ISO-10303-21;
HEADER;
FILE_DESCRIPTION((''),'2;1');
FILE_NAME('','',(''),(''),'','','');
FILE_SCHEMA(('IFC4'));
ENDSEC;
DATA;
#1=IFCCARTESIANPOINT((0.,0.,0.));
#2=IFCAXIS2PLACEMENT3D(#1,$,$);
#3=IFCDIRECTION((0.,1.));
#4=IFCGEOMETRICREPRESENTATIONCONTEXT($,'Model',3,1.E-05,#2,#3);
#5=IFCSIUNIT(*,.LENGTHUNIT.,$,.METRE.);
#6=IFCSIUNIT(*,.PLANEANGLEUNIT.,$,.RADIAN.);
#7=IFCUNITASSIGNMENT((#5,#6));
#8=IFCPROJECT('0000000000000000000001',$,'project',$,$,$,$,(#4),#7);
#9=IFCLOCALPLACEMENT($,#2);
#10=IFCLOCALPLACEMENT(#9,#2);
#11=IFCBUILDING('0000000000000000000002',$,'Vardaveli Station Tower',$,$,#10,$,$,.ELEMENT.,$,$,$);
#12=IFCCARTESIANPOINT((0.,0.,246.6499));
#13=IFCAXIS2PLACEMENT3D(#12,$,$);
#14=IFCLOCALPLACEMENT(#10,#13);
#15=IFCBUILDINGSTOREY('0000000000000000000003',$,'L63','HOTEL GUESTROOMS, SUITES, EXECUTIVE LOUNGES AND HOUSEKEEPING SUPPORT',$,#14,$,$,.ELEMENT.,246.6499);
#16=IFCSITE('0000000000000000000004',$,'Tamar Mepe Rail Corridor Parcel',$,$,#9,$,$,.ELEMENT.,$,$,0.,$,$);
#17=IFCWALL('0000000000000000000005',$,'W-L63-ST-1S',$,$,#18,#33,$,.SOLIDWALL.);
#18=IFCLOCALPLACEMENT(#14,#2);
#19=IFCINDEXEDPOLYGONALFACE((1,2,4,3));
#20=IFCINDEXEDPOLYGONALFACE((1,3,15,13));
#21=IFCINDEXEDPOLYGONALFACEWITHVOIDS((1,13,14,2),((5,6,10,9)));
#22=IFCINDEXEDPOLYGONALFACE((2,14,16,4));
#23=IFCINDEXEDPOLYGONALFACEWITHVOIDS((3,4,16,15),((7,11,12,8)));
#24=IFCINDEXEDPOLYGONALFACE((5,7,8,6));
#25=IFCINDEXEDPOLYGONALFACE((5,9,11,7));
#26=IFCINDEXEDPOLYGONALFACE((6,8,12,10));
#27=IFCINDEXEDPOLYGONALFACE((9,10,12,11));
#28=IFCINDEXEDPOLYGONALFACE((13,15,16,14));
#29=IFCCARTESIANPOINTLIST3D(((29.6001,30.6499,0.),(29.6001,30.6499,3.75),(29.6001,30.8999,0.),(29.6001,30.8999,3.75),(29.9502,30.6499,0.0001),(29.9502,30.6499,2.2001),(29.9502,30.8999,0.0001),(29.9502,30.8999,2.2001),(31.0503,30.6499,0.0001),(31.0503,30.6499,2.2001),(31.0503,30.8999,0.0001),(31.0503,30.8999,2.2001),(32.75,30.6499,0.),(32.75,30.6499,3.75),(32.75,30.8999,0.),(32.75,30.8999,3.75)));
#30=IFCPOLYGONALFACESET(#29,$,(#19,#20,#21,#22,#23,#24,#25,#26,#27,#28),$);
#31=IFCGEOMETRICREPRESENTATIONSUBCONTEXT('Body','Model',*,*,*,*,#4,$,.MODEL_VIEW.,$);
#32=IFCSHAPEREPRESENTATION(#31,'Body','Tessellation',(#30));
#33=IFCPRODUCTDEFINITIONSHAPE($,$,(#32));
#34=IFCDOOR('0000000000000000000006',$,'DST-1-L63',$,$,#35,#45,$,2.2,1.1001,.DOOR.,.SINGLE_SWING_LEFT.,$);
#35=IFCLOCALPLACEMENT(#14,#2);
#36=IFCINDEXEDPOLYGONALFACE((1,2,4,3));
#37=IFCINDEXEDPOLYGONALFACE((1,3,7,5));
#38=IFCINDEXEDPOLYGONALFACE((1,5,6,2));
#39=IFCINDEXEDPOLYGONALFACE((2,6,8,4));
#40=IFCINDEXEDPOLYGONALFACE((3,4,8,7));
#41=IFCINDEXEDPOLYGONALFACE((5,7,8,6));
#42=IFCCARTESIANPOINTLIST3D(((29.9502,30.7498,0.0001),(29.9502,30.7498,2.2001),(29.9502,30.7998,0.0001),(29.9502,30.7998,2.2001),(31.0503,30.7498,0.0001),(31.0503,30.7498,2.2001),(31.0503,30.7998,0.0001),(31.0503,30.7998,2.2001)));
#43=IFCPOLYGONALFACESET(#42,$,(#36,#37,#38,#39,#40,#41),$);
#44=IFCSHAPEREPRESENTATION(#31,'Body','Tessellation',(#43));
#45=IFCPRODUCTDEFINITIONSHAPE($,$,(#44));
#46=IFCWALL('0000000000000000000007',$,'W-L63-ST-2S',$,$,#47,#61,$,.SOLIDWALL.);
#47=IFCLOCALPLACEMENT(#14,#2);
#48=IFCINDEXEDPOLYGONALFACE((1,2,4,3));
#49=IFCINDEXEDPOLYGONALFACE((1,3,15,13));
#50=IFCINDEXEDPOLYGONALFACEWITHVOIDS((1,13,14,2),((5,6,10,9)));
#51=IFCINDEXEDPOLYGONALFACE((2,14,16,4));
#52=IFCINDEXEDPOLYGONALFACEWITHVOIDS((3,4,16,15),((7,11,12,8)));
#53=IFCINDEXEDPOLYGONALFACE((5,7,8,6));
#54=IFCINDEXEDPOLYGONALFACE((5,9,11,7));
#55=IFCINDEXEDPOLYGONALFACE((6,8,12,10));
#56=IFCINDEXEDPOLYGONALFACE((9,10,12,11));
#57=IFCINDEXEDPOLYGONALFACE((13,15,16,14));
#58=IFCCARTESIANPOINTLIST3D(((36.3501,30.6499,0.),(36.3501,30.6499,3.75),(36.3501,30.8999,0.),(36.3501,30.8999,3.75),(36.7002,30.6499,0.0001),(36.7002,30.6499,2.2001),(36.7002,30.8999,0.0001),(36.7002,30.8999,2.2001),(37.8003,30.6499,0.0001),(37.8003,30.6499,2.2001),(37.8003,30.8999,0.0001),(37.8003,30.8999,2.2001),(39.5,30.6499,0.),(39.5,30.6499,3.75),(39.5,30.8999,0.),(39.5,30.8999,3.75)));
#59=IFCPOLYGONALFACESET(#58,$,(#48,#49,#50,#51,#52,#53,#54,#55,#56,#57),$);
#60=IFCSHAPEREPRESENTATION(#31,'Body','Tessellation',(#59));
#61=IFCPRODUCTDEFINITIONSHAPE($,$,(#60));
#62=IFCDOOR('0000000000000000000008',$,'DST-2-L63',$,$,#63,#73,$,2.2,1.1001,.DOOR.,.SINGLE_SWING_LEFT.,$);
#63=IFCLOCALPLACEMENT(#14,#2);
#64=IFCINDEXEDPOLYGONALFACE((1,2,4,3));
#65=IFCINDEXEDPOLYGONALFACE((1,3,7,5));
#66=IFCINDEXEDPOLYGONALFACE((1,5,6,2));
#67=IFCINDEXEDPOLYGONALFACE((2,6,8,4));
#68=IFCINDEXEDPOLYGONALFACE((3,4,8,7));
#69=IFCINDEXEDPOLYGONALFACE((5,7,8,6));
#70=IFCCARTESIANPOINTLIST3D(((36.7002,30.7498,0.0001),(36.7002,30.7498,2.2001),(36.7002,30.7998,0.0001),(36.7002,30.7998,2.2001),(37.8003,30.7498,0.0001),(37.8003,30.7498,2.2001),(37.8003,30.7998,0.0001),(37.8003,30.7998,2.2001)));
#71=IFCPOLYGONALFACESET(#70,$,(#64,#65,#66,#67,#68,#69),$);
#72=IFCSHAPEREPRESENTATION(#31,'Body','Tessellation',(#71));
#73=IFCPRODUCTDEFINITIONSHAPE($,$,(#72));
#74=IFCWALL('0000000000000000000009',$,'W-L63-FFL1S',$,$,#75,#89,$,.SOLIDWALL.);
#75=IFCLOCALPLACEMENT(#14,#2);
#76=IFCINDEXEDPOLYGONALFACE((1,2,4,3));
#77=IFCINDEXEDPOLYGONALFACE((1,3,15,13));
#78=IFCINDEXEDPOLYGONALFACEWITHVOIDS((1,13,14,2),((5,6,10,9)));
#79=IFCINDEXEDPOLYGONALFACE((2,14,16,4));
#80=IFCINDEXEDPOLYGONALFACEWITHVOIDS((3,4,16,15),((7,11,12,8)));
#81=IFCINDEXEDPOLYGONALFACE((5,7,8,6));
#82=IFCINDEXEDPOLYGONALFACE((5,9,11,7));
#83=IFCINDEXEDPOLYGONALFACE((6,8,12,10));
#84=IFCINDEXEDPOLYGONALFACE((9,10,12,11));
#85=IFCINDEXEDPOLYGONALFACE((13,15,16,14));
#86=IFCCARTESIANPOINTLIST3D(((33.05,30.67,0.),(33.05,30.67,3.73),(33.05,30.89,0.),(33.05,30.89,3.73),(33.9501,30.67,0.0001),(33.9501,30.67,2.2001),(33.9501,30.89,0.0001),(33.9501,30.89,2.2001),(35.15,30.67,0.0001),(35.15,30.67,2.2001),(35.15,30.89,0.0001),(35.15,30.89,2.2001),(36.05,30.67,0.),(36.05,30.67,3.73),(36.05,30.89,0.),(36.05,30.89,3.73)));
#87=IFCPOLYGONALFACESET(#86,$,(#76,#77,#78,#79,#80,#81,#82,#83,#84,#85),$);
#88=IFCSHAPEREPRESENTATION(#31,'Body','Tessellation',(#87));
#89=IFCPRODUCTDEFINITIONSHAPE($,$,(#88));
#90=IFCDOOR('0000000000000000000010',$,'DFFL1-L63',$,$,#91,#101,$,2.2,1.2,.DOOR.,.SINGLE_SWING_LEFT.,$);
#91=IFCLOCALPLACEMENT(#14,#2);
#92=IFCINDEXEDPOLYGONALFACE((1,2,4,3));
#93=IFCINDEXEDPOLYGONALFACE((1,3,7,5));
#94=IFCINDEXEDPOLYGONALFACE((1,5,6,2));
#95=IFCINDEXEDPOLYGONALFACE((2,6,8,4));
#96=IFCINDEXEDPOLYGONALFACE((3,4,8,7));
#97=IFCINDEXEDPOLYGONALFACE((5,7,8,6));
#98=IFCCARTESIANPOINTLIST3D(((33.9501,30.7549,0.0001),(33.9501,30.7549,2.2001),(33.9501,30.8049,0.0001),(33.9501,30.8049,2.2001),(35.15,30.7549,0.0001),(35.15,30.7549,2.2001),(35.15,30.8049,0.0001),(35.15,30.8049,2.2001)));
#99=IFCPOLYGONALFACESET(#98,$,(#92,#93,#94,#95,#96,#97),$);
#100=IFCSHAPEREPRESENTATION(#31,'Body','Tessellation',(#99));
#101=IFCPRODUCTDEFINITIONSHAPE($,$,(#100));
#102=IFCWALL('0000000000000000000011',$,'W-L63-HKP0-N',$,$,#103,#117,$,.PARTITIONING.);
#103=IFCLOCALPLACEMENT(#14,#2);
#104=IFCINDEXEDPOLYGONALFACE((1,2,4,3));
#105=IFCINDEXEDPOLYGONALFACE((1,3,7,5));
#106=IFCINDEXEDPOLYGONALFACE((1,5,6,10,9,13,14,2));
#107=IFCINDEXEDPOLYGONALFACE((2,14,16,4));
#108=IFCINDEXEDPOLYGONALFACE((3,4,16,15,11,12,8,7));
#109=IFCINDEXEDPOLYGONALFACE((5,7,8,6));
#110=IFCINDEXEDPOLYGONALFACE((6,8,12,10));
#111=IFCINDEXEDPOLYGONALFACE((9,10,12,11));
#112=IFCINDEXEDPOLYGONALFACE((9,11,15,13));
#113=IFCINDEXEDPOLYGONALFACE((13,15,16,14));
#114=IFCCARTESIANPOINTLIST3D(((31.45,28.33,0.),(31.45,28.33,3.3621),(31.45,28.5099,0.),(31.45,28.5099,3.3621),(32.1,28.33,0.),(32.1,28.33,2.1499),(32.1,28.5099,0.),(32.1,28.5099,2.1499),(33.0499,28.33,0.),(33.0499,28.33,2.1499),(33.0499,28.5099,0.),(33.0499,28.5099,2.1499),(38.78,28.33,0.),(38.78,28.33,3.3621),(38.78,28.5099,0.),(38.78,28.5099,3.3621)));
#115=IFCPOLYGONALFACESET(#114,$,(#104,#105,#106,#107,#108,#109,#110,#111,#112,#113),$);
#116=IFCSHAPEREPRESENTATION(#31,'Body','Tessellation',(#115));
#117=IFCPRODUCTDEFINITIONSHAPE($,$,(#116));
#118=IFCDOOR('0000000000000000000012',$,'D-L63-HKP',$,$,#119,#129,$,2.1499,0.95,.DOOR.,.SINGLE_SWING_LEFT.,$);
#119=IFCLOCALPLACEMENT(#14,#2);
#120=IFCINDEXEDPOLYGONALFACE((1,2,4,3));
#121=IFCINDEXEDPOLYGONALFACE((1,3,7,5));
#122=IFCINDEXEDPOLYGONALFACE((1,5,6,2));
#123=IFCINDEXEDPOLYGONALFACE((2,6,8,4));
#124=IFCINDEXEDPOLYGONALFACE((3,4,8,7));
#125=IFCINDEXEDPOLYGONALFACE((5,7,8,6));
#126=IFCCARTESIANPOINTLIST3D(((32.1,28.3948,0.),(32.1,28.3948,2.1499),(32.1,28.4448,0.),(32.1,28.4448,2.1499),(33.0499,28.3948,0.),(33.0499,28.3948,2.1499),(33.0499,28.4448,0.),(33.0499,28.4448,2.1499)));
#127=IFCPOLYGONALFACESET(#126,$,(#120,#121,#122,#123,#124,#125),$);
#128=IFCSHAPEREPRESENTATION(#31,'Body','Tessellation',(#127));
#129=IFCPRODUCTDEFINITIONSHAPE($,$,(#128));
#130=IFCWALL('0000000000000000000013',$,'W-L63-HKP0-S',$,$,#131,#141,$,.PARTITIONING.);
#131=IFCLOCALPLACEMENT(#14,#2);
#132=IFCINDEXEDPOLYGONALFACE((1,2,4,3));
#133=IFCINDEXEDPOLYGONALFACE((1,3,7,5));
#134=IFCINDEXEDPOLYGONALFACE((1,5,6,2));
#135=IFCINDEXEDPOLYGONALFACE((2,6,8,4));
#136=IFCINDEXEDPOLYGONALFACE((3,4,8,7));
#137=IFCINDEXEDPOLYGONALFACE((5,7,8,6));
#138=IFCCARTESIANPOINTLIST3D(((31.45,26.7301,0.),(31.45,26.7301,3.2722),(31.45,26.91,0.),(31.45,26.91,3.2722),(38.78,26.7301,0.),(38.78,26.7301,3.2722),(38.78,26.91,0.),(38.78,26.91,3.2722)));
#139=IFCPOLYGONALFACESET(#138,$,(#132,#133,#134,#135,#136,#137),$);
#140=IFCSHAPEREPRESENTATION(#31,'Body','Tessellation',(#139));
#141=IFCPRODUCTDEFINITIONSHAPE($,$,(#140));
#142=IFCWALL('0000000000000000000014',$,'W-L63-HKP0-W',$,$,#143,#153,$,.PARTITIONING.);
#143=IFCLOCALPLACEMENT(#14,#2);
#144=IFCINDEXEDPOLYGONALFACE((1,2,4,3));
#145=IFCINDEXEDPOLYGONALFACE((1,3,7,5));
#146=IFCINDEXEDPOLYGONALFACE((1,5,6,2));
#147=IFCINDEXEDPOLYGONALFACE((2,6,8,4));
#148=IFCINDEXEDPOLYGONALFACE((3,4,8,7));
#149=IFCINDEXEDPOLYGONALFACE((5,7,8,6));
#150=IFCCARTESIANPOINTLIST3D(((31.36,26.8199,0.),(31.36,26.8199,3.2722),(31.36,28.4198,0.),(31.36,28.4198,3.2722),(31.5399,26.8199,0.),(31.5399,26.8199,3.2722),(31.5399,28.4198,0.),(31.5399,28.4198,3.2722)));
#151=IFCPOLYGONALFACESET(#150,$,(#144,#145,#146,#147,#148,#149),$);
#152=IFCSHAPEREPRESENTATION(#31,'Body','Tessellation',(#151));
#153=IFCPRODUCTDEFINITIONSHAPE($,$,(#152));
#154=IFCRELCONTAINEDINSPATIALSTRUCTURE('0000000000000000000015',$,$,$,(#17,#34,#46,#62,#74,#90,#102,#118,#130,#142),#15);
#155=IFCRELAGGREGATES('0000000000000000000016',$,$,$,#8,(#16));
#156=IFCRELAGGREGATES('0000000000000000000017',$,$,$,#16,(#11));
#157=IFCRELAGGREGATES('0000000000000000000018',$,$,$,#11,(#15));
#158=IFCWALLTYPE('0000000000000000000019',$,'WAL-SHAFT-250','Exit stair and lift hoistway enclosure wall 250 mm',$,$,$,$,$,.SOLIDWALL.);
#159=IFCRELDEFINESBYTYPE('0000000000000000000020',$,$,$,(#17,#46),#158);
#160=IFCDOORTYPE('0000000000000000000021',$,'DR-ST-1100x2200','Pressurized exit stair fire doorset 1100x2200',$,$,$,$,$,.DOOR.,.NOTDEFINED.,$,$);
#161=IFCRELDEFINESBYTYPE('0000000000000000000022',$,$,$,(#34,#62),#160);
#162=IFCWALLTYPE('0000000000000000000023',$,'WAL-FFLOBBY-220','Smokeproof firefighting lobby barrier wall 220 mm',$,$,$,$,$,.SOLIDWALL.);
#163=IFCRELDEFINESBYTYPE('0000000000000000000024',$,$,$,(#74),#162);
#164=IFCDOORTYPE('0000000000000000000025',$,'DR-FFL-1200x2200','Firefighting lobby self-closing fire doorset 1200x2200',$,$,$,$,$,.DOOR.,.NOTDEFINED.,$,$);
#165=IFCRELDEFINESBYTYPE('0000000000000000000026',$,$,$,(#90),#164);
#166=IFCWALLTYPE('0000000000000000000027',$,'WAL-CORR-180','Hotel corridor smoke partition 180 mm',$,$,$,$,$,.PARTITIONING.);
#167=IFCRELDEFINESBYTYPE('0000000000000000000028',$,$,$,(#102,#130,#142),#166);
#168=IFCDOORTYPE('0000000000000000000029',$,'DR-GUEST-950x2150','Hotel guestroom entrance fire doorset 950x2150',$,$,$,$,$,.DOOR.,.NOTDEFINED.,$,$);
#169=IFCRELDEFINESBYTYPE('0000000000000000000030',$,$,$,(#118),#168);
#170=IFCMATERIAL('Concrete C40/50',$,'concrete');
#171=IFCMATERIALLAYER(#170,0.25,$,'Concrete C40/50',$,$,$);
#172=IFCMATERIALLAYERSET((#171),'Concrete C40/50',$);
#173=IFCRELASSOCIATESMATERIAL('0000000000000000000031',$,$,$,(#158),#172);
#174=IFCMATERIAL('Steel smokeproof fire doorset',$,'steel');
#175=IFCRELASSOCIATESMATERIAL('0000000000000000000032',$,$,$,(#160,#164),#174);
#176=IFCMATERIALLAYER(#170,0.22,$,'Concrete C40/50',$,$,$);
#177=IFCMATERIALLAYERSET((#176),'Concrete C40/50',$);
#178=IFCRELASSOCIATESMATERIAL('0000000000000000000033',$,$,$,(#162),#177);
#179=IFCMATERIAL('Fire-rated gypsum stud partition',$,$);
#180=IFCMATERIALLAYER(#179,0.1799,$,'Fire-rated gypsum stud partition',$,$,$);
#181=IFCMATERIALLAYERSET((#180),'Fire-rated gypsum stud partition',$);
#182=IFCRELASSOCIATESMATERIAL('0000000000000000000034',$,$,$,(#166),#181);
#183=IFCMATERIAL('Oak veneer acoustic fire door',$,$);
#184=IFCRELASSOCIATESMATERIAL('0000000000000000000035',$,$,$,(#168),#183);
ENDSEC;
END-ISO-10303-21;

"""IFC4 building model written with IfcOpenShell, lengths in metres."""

from ifc_helpers import new_model, si_unit, direction, frame, frame_2d, origin, place, context, subcontext, project, spatial, rectangle, extrude, source, transform, mapped, material, layer, layer_set, type_object, element, fill, save


model = new_model("IFC4")

# Units and contexts
model_context = context("Model", 3, precision=1e-05, world=origin(), true_north=direction((0.0, 1.0)))
body_context = subcontext(model_context, "Body", "Model", "MODEL_VIEW")
ifc_project = project(units=[si_unit("LENGTHUNIT", "METRE"), si_unit("PLANEANGLEUNIT", "RADIAN")], contexts=[model_context])

# Site, building, storey
site_placement = place(None, origin())
site = spatial("IfcSite", under=ifc_project, at=site_placement, Name="Tamar Mepe Rail Corridor Parcel", CompositionType="ELEMENT", RefElevation=0.0)
building_placement = place(site_placement, origin())
building = spatial("IfcBuilding", under=site, at=building_placement, Name="Vardaveli Station Tower", CompositionType="ELEMENT")
storey_placement = place(building_placement, frame((0.0, 0.0, 246.6499)))
storey = spatial("IfcBuildingStorey", under=building, at=storey_placement, Name="L63", Description="HOTEL GUESTROOMS, SUITES, EXECUTIVE LOUNGES AND HOUSEKEEPING SUPPORT", CompositionType="ELEMENT", Elevation=246.6499)

# Shared definitions
ifc_material_1 = material(Name="Concrete C40/50", Category="concrete")
ifc_layer_1 = layer(ifc_material_1, 0.25, Name="Concrete C40/50")
ifc_layer_set_1 = layer_set([ifc_layer_1], Name="Concrete C40/50")
wall_type_1 = type_object("IfcWallType", Name="WAL-SHAFT-250", Description="Exit stair and lift hoistway enclosure wall 250 mm", PredefinedType="SOLIDWALL", material=ifc_layer_set_1)

# Walls, openings, doors
shared_shape_1 = source(origin(), body_context, "Body", "SweptSolid", [
    extrude(rectangle(XDim=3.1499, YDim=0.25, at=frame_2d((1.575, 0.0))), origin(), (0.0, 0.0, 1.0), 3.75),
])
wall_1_placement = place(storey_placement, frame((29.6001, 30.7749, 0.0), z_axis=(0.0, 0.0, 1.0), x_axis=(1.0, 0.0, 0.0)))
wall_1 = element("IfcWall", 1, at=wall_1_placement, inside=storey, type_object=wall_type_1, Name="W-L63-ST-1S", PredefinedType="SOLIDWALL", context=body_context, shape_type="MappedRepresentation", body=[
    mapped(shared_shape_1, transform((0.0, 0.0, 0.0), scale=1.0)),
])
shared_shape_2 = source(origin(), body_context, "Body", "SweptSolid", [
    extrude(rectangle(XDim=1.1001, YDim=2.2, at=frame_2d((0.55, 1.1001))), frame((0.0, 0.135, 0.0), z_axis=(0.0, -1.0, 0.0), x_axis=(1.0, 0.0, 0.0)), (0.0, 0.0, 1.0), 0.27),
])
opening_1_placement = place(wall_1_placement, frame((0.3501, 0.0, 0.0)))
opening_1 = element("IfcOpeningElement", 2, at=opening_1_placement, cuts=wall_1, PredefinedType="OPENING", context=body_context, shape_type="MappedRepresentation", body=[
    mapped(shared_shape_2, transform((0.0, 0.0, 0.0), scale=1.0)),
])
ifc_material_2 = material(Name="Steel smokeproof fire doorset", Category="steel")
door_type_1 = type_object("IfcDoorType", Name="DR-ST-1100x2200", Description="Pressurized exit stair fire doorset 1100x2200", OperationType="NOTDEFINED", PredefinedType="DOOR", material=ifc_material_2)
shared_shape_3 = source(origin(), body_context, "Body", "SweptSolid", [
    extrude(rectangle(XDim=1.1001, YDim=2.2, at=frame_2d((0.55, 1.1001))), frame((0.0, 0.0249, 0.0), z_axis=(0.0, -1.0, 0.0), x_axis=(1.0, 0.0, 0.0)), (0.0, 0.0, 1.0), 0.05),
])
door_1_placement = place(opening_1_placement, origin())
door_1 = element("IfcDoor", 3, at=door_1_placement, inside=storey, type_object=door_type_1, Name="DST-1-L63", OperationType="SINGLE_SWING_LEFT", OverallHeight=2.2, OverallWidth=1.1001, PredefinedType="DOOR", context=body_context, shape_type="MappedRepresentation", body=[
    mapped(shared_shape_3, transform((0.0, 0.0, 0.0), scale=1.0)),
])
fill(opening_1, door_1)
wall_2_placement = place(storey_placement, frame((36.3501, 30.7749, 0.0), z_axis=(0.0, 0.0, 1.0), x_axis=(1.0, 0.0, 0.0)))
wall_2 = element("IfcWall", 4, at=wall_2_placement, inside=storey, type_object=wall_type_1, Name="W-L63-ST-2S", PredefinedType="SOLIDWALL", context=body_context, shape_type="MappedRepresentation", body=[
    mapped(shared_shape_1, transform((0.0, 0.0, 0.0), scale=1.0)),
])
opening_2_placement = place(wall_2_placement, frame((0.3501, 0.0, 0.0)))
opening_2 = element("IfcOpeningElement", 5, at=opening_2_placement, cuts=wall_2, PredefinedType="OPENING", context=body_context, shape_type="MappedRepresentation", body=[
    mapped(shared_shape_2, transform((0.0, 0.0, 0.0), scale=1.0)),
])
door_2_placement = place(opening_2_placement, origin())
door_2 = element("IfcDoor", 6, at=door_2_placement, inside=storey, type_object=door_type_1, Name="DST-2-L63", OperationType="SINGLE_SWING_LEFT", OverallHeight=2.2, OverallWidth=1.1001, PredefinedType="DOOR", context=body_context, shape_type="MappedRepresentation", body=[
    mapped(shared_shape_3, transform((0.0, 0.0, 0.0), scale=1.0)),
])
fill(opening_2, door_2)
ifc_layer_2 = layer(ifc_material_1, 0.22, Name="Concrete C40/50")
ifc_layer_set_2 = layer_set([ifc_layer_2], Name="Concrete C40/50")
wall_type_2 = type_object("IfcWallType", Name="WAL-FFLOBBY-220", Description="Smokeproof firefighting lobby barrier wall 220 mm", PredefinedType="SOLIDWALL", material=ifc_layer_set_2)
shared_shape_4 = source(origin(), body_context, "Body", "SweptSolid", [
    extrude(rectangle(XDim=3.0, YDim=0.22, at=frame_2d((1.5, 0.0))), origin(), (0.0, 0.0, 1.0), 3.73),
])
wall_3_placement = place(storey_placement, frame((33.05, 30.78, 0.0), z_axis=(0.0, 0.0, 1.0), x_axis=(1.0, 0.0, 0.0)))
wall_3 = element("IfcWall", 7, at=wall_3_placement, inside=storey, type_object=wall_type_2, Name="W-L63-FFL1S", PredefinedType="SOLIDWALL", context=body_context, shape_type="MappedRepresentation", body=[
    mapped(shared_shape_4, transform((0.0, 0.0, 0.0), scale=1.0)),
])
shared_shape_5 = source(origin(), body_context, "Body", "SweptSolid", [
    extrude(rectangle(XDim=1.2, YDim=2.2, at=frame_2d((0.6001, 1.1001))), frame((0.0, 0.1201, 0.0), z_axis=(0.0, -1.0, 0.0), x_axis=(1.0, 0.0, 0.0)), (0.0, 0.0, 1.0), 0.24),
])
opening_3_placement = place(wall_3_placement, frame((0.8999, 0.0, 0.0)))
opening_3 = element("IfcOpeningElement", 8, at=opening_3_placement, cuts=wall_3, PredefinedType="OPENING", context=body_context, shape_type="MappedRepresentation", body=[
    mapped(shared_shape_5, transform((0.0, 0.0, 0.0), scale=1.0)),
])
door_type_2 = type_object("IfcDoorType", Name="DR-FFL-1200x2200", Description="Firefighting lobby self-closing fire doorset 1200x2200", OperationType="NOTDEFINED", PredefinedType="DOOR", material=ifc_material_2)
shared_shape_6 = source(origin(), body_context, "Body", "SweptSolid", [
    extrude(rectangle(XDim=1.2, YDim=2.2, at=frame_2d((0.6001, 1.1001))), frame((0.0, 0.0249, 0.0), z_axis=(0.0, -1.0, 0.0), x_axis=(1.0, 0.0, 0.0)), (0.0, 0.0, 1.0), 0.05),
])
door_3_placement = place(opening_3_placement, origin())
door_3 = element("IfcDoor", 9, at=door_3_placement, inside=storey, type_object=door_type_2, Name="DFFL1-L63", OperationType="SINGLE_SWING_LEFT", OverallHeight=2.2, OverallWidth=1.2, PredefinedType="DOOR", context=body_context, shape_type="MappedRepresentation", body=[
    mapped(shared_shape_6, transform((0.0, 0.0, 0.0), scale=1.0)),
])
fill(opening_3, door_3)
ifc_material_3 = material(Name="Fire-rated gypsum stud partition")
ifc_layer_3 = layer(ifc_material_3, 0.1799, Name="Fire-rated gypsum stud partition")
ifc_layer_set_3 = layer_set([ifc_layer_3], Name="Fire-rated gypsum stud partition")
wall_type_3 = type_object("IfcWallType", Name="WAL-CORR-180", Description="Hotel corridor smoke partition 180 mm", PredefinedType="PARTITIONING", material=ifc_layer_set_3)
shared_shape_7 = source(origin(), body_context, "Body", "SweptSolid", [
    extrude(rectangle(XDim=7.3301, YDim=0.1799, at=frame_2d((3.665, 0.0))), origin(), (0.0, 0.0, 1.0), 3.3621),
])
wall_4_placement = place(storey_placement, frame((31.45, 28.4199, 0.0), z_axis=(0.0, 0.0, 1.0), x_axis=(1.0, 0.0, 0.0)))
wall_4 = element("IfcWall", 10, at=wall_4_placement, inside=storey, type_object=wall_type_3, Name="W-L63-HKP0-N", PredefinedType="PARTITIONING", context=body_context, shape_type="MappedRepresentation", body=[
    mapped(shared_shape_7, transform((0.0, 0.0, 0.0), scale=1.0)),
])
shared_shape_8 = source(origin(), body_context, "Body", "SweptSolid", [
    extrude(rectangle(XDim=0.95, YDim=2.1499, at=frame_2d((0.4751, 1.075))), frame((0.0, 0.1001, 0.0), z_axis=(0.0, -1.0, 0.0), x_axis=(1.0, 0.0, 0.0)), (0.0, 0.0, 1.0), 0.2),
])
opening_4_placement = place(wall_4_placement, frame((0.6499, 0.0, 0.0)))
opening_4 = element("IfcOpeningElement", 11, at=opening_4_placement, cuts=wall_4, PredefinedType="OPENING", context=body_context, shape_type="MappedRepresentation", body=[
    mapped(shared_shape_8, transform((0.0, 0.0, 0.0), scale=1.0)),
])
ifc_material_4 = material(Name="Oak veneer acoustic fire door")
door_type_3 = type_object("IfcDoorType", Name="DR-GUEST-950x2150", Description="Hotel guestroom entrance fire doorset 950x2150", OperationType="NOTDEFINED", PredefinedType="DOOR", material=ifc_material_4)
shared_shape_9 = source(origin(), body_context, "Body", "SweptSolid", [
    extrude(rectangle(XDim=0.95, YDim=2.1499, at=frame_2d((0.4751, 1.075))), frame((0.0, 0.0249, 0.0), z_axis=(0.0, -1.0, 0.0), x_axis=(1.0, 0.0, 0.0)), (0.0, 0.0, 1.0), 0.05),
])
door_4_placement = place(opening_4_placement, origin())
door_4 = element("IfcDoor", 12, at=door_4_placement, inside=storey, type_object=door_type_3, Name="D-L63-HKP", OperationType="SINGLE_SWING_LEFT", OverallHeight=2.1499, OverallWidth=0.95, PredefinedType="DOOR", context=body_context, shape_type="MappedRepresentation", body=[
    mapped(shared_shape_9, transform((0.0, 0.0, 0.0), scale=1.0)),
])
fill(opening_4, door_4)

# Walls
shared_shape_10 = source(origin(), body_context, "Body", "SweptSolid", [
    extrude(rectangle(XDim=7.3301, YDim=0.1799, at=frame_2d((3.665, 0.0))), origin(), (0.0, 0.0, 1.0), 3.2722),
])
wall_5_placement = place(storey_placement, frame((31.45, 26.8201, 0.0), z_axis=(0.0, 0.0, 1.0), x_axis=(1.0, 0.0, 0.0)))
element("IfcWall", 13, at=wall_5_placement, inside=storey, type_object=wall_type_3, Name="W-L63-HKP0-S", PredefinedType="PARTITIONING", context=body_context, shape_type="MappedRepresentation", body=[
    mapped(shared_shape_10, transform((0.0, 0.0, 0.0), scale=1.0)),
])
shared_shape_11 = source(origin(), body_context, "Body", "SweptSolid", [
    extrude(rectangle(XDim=1.5999, YDim=0.1799, at=frame_2d((0.7998, 0.0))), origin(), (0.0, 0.0, 1.0), 3.2722),
])
wall_6_placement = place(storey_placement, frame((31.45, 26.8201, 0.0), z_axis=(0.0, 0.0, 1.0), x_axis=(0.0, 1.0, 0.0)))
element("IfcWall", 14, at=wall_6_placement, inside=storey, type_object=wall_type_3, Name="W-L63-HKP0-W", PredefinedType="PARTITIONING", context=body_context, shape_type="MappedRepresentation", body=[
    mapped(shared_shape_11, transform((0.0, 0.0, 0.0), scale=1.0)),
])

save(model, "model.ifc")
